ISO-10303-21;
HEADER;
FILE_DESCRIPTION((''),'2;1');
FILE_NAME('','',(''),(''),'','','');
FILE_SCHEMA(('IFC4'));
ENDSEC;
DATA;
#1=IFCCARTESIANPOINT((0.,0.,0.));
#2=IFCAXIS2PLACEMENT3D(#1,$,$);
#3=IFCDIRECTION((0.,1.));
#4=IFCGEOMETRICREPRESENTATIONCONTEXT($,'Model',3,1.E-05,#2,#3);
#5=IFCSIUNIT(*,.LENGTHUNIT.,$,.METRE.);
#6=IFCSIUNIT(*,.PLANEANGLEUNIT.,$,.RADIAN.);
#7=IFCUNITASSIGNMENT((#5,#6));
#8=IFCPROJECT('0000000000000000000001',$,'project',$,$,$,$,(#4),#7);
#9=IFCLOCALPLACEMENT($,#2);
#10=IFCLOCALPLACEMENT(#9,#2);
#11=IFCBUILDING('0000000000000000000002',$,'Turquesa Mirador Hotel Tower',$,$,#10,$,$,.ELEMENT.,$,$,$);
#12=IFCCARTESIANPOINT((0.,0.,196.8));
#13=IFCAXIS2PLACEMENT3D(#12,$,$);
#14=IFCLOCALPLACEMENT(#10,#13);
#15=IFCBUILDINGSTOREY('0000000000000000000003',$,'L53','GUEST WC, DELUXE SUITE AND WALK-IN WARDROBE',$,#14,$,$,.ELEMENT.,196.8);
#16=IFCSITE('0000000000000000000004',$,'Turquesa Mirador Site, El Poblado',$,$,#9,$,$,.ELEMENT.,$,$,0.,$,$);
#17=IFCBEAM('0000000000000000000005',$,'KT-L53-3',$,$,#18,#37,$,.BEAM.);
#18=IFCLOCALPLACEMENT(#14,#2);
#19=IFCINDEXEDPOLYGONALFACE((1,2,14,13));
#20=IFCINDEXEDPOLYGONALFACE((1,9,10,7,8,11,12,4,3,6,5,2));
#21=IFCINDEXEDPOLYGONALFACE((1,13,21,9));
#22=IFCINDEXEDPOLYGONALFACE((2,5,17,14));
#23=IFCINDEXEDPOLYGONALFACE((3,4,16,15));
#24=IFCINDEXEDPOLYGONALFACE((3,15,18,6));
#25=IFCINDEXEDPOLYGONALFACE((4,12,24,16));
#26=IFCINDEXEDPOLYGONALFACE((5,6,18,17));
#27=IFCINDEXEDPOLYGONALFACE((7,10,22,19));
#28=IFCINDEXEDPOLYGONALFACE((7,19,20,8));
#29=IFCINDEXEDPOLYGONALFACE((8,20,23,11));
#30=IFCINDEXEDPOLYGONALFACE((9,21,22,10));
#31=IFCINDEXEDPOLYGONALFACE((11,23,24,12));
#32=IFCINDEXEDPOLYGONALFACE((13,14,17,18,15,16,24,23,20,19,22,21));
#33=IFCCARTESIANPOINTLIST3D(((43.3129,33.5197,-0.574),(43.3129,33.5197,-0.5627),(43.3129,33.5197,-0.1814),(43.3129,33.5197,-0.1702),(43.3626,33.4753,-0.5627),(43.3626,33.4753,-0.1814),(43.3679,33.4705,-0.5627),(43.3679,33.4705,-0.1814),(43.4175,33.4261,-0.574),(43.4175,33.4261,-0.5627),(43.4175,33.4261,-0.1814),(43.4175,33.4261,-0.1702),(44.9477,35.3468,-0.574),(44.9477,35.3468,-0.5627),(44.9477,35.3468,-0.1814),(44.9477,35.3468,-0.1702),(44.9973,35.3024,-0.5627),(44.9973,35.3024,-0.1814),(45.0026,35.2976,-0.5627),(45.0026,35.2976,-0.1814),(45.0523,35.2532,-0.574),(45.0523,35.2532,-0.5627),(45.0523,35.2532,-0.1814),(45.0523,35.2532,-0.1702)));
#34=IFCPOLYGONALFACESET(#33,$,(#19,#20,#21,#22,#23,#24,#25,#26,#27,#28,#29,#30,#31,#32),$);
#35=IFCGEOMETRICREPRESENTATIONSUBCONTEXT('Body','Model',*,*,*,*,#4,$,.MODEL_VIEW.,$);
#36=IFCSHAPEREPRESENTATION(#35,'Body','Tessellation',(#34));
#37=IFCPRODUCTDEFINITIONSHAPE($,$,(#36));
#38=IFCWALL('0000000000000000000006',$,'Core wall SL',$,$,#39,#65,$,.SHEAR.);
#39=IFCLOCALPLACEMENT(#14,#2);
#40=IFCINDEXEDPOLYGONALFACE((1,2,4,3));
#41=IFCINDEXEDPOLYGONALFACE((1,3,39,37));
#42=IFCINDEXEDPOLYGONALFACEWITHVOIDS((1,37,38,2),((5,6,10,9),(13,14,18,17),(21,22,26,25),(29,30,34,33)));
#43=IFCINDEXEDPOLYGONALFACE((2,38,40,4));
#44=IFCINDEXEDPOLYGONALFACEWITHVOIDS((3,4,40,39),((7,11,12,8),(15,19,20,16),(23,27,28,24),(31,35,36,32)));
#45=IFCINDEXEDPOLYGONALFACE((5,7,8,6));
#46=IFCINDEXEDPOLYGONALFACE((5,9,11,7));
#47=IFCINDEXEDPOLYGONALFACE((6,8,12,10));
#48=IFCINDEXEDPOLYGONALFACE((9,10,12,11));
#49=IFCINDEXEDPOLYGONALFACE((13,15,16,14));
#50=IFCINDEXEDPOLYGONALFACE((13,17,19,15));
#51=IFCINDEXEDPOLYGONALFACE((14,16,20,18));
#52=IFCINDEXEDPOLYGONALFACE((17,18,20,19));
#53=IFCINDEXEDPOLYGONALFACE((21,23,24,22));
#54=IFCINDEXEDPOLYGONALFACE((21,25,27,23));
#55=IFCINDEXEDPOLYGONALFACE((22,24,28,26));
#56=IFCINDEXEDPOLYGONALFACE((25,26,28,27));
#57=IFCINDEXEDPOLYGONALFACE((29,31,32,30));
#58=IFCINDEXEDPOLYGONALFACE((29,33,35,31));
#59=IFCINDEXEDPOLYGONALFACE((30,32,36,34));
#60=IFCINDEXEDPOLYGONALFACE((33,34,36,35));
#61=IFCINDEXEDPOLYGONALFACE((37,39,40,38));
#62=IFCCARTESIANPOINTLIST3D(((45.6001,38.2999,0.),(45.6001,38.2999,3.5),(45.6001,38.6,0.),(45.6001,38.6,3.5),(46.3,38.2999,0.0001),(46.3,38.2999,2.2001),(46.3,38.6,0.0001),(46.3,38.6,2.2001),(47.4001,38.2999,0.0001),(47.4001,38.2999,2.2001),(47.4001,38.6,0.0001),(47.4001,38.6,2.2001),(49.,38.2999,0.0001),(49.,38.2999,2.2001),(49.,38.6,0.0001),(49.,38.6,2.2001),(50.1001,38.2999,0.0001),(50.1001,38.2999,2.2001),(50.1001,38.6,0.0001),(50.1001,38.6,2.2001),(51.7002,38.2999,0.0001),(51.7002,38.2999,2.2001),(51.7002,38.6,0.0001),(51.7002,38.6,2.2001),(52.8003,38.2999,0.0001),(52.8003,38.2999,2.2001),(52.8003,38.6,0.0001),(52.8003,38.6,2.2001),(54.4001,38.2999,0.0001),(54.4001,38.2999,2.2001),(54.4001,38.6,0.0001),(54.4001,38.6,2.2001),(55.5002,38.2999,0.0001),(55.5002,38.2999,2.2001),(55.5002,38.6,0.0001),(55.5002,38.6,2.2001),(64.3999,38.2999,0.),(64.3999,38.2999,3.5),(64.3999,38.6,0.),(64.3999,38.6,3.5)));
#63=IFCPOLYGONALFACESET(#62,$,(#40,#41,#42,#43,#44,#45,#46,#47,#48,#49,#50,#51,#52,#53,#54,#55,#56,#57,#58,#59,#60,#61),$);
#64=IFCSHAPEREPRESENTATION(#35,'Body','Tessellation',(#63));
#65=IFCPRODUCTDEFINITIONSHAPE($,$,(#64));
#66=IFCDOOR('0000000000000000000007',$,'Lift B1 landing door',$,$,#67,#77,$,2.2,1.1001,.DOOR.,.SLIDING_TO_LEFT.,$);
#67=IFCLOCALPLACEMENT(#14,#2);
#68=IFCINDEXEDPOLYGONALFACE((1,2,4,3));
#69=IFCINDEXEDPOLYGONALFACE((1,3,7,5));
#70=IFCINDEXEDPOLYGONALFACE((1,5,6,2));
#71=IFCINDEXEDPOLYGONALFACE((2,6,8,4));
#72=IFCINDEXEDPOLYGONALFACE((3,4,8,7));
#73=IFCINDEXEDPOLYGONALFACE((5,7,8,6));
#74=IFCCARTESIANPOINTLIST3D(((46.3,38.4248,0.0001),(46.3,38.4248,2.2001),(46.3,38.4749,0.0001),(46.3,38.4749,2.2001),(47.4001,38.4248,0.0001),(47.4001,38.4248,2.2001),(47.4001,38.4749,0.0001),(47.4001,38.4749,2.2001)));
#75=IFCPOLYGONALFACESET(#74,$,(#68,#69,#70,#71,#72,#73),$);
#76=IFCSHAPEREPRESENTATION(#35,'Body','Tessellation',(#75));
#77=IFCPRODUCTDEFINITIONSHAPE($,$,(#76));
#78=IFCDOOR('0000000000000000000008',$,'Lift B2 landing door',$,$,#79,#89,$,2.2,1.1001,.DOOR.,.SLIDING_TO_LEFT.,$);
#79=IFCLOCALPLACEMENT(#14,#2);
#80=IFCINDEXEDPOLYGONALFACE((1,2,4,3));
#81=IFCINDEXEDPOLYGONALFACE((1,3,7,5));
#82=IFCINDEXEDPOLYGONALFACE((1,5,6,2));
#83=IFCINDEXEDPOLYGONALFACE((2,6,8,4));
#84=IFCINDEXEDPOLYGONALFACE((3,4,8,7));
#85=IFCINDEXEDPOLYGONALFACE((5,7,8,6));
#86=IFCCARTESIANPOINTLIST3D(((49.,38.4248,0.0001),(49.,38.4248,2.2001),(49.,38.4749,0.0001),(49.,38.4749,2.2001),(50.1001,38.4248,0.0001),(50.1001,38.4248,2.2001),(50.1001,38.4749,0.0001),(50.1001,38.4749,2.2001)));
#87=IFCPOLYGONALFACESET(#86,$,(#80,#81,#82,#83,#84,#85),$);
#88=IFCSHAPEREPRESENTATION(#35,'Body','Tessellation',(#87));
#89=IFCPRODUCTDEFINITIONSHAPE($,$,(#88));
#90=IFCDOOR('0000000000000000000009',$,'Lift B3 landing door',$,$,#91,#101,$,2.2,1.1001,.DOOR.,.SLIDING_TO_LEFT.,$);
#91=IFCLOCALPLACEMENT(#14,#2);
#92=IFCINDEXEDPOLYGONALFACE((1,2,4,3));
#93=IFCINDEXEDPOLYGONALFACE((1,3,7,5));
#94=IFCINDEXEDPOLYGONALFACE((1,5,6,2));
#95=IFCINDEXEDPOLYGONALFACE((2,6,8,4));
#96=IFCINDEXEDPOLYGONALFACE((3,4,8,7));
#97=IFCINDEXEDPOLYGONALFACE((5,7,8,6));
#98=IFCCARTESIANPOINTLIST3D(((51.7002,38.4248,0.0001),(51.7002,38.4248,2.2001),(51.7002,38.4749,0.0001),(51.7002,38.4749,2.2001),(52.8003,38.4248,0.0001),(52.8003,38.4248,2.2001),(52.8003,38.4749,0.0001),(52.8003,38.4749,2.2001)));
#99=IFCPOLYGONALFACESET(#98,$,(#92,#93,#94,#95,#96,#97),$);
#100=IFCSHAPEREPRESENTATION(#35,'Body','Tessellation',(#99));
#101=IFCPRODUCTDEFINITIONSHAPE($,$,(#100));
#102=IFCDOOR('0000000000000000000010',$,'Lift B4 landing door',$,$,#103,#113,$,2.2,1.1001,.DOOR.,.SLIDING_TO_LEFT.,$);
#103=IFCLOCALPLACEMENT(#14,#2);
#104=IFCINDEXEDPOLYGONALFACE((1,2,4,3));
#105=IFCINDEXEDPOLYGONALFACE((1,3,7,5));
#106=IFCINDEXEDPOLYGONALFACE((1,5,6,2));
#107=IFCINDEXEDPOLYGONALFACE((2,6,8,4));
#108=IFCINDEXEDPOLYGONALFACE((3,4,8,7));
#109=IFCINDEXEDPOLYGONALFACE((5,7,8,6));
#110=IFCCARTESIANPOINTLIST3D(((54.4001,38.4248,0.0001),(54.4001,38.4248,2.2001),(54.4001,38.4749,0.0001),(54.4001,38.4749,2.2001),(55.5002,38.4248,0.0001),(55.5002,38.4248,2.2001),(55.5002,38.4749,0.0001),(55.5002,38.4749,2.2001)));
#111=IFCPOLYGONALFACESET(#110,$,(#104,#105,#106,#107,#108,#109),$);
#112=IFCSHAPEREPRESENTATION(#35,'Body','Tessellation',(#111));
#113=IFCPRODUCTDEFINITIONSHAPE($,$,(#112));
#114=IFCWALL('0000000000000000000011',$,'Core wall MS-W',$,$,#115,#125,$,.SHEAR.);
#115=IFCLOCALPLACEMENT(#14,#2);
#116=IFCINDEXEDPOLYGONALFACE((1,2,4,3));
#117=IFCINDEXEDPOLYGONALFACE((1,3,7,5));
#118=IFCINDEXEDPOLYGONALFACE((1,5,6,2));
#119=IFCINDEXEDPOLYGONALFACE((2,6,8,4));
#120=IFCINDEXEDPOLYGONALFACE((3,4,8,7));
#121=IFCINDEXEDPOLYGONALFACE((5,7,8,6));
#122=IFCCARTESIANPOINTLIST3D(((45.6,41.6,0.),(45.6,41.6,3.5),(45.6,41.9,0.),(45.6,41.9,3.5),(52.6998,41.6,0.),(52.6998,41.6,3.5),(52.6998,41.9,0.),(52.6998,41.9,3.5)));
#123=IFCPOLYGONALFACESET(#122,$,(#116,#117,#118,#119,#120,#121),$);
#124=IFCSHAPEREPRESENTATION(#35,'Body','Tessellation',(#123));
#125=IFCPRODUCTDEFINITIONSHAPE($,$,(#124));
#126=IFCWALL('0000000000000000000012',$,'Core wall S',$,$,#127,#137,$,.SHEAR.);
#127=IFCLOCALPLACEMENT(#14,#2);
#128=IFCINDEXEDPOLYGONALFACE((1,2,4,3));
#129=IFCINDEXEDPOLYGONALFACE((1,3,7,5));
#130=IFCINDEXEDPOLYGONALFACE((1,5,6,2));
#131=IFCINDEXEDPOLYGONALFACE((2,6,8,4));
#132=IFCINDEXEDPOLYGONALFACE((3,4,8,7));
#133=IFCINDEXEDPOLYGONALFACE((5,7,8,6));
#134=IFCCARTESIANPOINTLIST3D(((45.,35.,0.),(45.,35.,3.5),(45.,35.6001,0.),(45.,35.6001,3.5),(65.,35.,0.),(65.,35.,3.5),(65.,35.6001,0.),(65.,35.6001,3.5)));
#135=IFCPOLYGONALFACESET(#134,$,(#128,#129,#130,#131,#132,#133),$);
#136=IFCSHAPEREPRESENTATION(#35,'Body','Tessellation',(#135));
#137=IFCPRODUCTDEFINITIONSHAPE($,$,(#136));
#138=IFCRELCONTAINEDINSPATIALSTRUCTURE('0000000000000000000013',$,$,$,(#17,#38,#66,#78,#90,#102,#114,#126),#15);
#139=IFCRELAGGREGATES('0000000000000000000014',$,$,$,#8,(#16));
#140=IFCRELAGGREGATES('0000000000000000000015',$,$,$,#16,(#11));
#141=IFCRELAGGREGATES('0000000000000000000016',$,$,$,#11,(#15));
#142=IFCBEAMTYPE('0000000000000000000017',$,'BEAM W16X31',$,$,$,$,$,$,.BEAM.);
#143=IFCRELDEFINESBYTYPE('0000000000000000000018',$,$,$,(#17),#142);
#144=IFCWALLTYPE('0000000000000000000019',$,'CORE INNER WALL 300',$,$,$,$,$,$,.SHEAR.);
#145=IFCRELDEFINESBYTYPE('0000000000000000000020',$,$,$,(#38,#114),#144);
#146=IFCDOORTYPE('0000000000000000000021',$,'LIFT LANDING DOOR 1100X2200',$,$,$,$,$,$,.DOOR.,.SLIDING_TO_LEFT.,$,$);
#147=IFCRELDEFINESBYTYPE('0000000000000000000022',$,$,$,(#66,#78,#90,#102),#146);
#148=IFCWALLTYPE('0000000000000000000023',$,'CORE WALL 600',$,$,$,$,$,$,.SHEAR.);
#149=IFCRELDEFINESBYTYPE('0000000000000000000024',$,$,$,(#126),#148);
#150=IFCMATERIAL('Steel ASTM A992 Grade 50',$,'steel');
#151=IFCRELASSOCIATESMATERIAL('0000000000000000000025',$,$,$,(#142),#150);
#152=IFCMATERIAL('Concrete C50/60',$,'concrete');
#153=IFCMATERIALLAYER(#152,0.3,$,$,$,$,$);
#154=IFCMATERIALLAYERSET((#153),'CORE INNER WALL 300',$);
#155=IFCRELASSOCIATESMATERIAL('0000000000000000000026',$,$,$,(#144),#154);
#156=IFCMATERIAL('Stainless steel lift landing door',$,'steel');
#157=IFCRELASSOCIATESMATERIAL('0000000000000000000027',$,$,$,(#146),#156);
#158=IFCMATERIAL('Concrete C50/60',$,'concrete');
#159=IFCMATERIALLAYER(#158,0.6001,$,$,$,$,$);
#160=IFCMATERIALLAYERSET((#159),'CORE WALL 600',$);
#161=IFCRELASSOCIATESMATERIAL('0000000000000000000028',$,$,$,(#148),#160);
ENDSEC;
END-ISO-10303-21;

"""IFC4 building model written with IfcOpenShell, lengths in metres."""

from ifc_helpers import new_model, si_unit, direction, frame, frame_2d, origin, origin_2d, place, context, subcontext, project, spatial, rectangle, i_section, extrude, material, layer, layer_set, material_profile, profile_set, type_object, element, fill, save


model = new_model("IFC4")

# Units and contexts
model_context = context("Model", 3, precision=1e-05, world=origin(), true_north=direction((0.0, 1.0)))
body_context = subcontext(model_context, "Body", "Model", "MODEL_VIEW")
ifc_project = project(units=[si_unit("LENGTHUNIT", "METRE"), si_unit("PLANEANGLEUNIT", "RADIAN")], contexts=[model_context])

# Site, building, storey
site_placement = place(None, origin())
site = spatial("IfcSite", under=ifc_project, at=site_placement, Name="Turquesa Mirador Site, El Poblado", CompositionType="ELEMENT", RefElevation=0.0)
building_placement = place(site_placement, origin())
building = spatial("IfcBuilding", under=site, at=building_placement, Name="Turquesa Mirador Hotel Tower", CompositionType="ELEMENT")
storey_placement = place(building_placement, frame((0.0, 0.0, 196.8)))
storey = spatial("IfcBuildingStorey", under=building, at=storey_placement, Name="L53", Description="GUEST WC, DELUXE SUITE AND WALK-IN WARDROBE", CompositionType="ELEMENT", Elevation=196.8)

# Beam
ifc_material_1 = material(Name="Steel ASTM A992 Grade 50", Category="steel")
ifc_material_profile = material_profile(ifc_material_1, i_section(OverallWidth=0.1404, OverallDepth=0.4038, WebThickness=0.0071, FlangeThickness=0.0112, at=origin_2d()), Name="W16X31")
ifc_profile_set = profile_set([ifc_material_profile], Name="Steel ASTM A992 Grade 50")
beam_type = type_object("IfcBeamType", Name="BEAM W16X31", PredefinedType="BEAM", material=ifc_profile_set)
beam_placement = place(storey_placement, frame((43.3652, 33.4729, -0.3721), z_axis=(0.666783, 0.745252, 0.0), x_axis=(-0.745252, 0.666783, 0.0)))
element("IfcBeam", 1, at=beam_placement, inside=storey, type_object=beam_type, Name="KT-L53-3", PredefinedType="BEAM", context=body_context, shape_type="SweptSolid", body=[
    extrude(i_section(OverallWidth=0.1404, OverallDepth=0.4038, WebThickness=0.0071, FlangeThickness=0.0112, at=origin_2d()), origin(), (0.0, 0.0, 1.0), 2.4517),
])

# Wall, openings, doors
ifc_material_2 = material(Name="Concrete C50/60", Category="concrete")
ifc_layer_1 = layer(ifc_material_2, 0.3)
ifc_layer_set_1 = layer_set([ifc_layer_1], Name="CORE INNER WALL 300")
wall_type_1 = type_object("IfcWallType", Name="CORE INNER WALL 300", PredefinedType="SHEAR", material=ifc_layer_set_1)
wall_1_placement = place(storey_placement, frame((45.6001, 38.45, 0.0), z_axis=(0.0, 0.0, 1.0), x_axis=(1.0, 0.0, 0.0)))
wall_1 = element("IfcWall", 2, at=wall_1_placement, inside=storey, type_object=wall_type_1, Name="Core wall SL", PredefinedType="SHEAR", context=body_context, shape_type="SweptSolid", body=[
    extrude(rectangle(XDim=18.7998, YDim=0.3, at=frame_2d((9.3999, 0.0))), origin(), (0.0, 0.0, 1.0), 3.5),
])
opening_1_placement = place(wall_1_placement, frame((0.7, 0.0, 0.0)))
opening_1 = element("IfcOpeningElement", 3, at=opening_1_placement, cuts=wall_1, PredefinedType="OPENING", context=body_context, shape_type="SweptSolid", body=[
    extrude(rectangle(XDim=1.1001, YDim=2.2, at=frame_2d((0.55, 1.1001))), frame((0.0, 0.1599, 0.0), z_axis=(0.0, -1.0, 0.0), x_axis=(1.0, 0.0, 0.0)), (0.0, 0.0, 1.0), 0.3201),
])
opening_2_placement = place(wall_1_placement, frame((3.3999, 0.0, 0.0)))
opening_2 = element("IfcOpeningElement", 4, at=opening_2_placement, cuts=wall_1, PredefinedType="OPENING", context=body_context, shape_type="SweptSolid", body=[
    extrude(rectangle(XDim=1.1001, YDim=2.2, at=frame_2d((0.55, 1.1001))), frame((0.0, 0.1599, 0.0), z_axis=(0.0, -1.0, 0.0), x_axis=(1.0, 0.0, 0.0)), (0.0, 0.0, 1.0), 0.3201),
])
opening_3_placement = place(wall_1_placement, frame((6.1001, 0.0, 0.0)))
opening_3 = element("IfcOpeningElement", 5, at=opening_3_placement, cuts=wall_1, PredefinedType="OPENING", context=body_context, shape_type="SweptSolid", body=[
    extrude(rectangle(XDim=1.1001, YDim=2.2, at=frame_2d((0.55, 1.1001))), frame((0.0, 0.1599, 0.0), z_axis=(0.0, -1.0, 0.0), x_axis=(1.0, 0.0, 0.0)), (0.0, 0.0, 1.0), 0.3201),
])
opening_4_placement = place(wall_1_placement, frame((8.8, 0.0, 0.0)))
opening_4 = element("IfcOpeningElement", 6, at=opening_4_placement, cuts=wall_1, PredefinedType="OPENING", context=body_context, shape_type="SweptSolid", body=[
    extrude(rectangle(XDim=1.1001, YDim=2.2, at=frame_2d((0.55, 1.1001))), frame((0.0, 0.1599, 0.0), z_axis=(0.0, -1.0, 0.0), x_axis=(1.0, 0.0, 0.0)), (0.0, 0.0, 1.0), 0.3201),
])
ifc_material_3 = material(Name="Stainless steel lift landing door", Category="steel")
door_type_1 = type_object("IfcDoorType", Name="LIFT LANDING DOOR 1100X2200", OperationType="SLIDING_TO_LEFT", PredefinedType="DOOR", material=ifc_material_3)
door_1_placement = place(opening_1_placement, origin())
door_1 = element("IfcDoor", 7, at=door_1_placement, inside=storey, type_object=door_type_1, Name="Lift B1 landing door", OperationType="SLIDING_TO_LEFT", OverallHeight=2.2, OverallWidth=1.1001, PredefinedType="DOOR", context=body_context, shape_type="SweptSolid", body=[
    extrude(rectangle(XDim=1.1001, YDim=2.2, at=frame_2d((0.55, 1.1001))), frame((0.0, 0.0249, 0.0), z_axis=(0.0, -1.0, 0.0), x_axis=(1.0, 0.0, 0.0)), (0.0, 0.0, 1.0), 0.05),
])
fill(opening_1, door_1)
door_2_placement = place(opening_2_placement, origin())
door_2 = element("IfcDoor", 8, at=door_2_placement, inside=storey, type_object=door_type_1, Name="Lift B2 landing door", OperationType="SLIDING_TO_LEFT", OverallHeight=2.2, OverallWidth=1.1001, PredefinedType="DOOR", context=body_context, shape_type="SweptSolid", body=[
    extrude(rectangle(XDim=1.1001, YDim=2.2, at=frame_2d((0.55, 1.1001))), frame((0.0, 0.0249, 0.0), z_axis=(0.0, -1.0, 0.0), x_axis=(1.0, 0.0, 0.0)), (0.0, 0.0, 1.0), 0.05),
])
fill(opening_2, door_2)
door_3_placement = place(opening_3_placement, origin())
door_3 = element("IfcDoor", 9, at=door_3_placement, inside=storey, type_object=door_type_1, Name="Lift B3 landing door", OperationType="SLIDING_TO_LEFT", OverallHeight=2.2, OverallWidth=1.1001, PredefinedType="DOOR", context=body_context, shape_type="SweptSolid", body=[
    extrude(rectangle(XDim=1.1001, YDim=2.2, at=frame_2d((0.55, 1.1001))), frame((0.0, 0.0249, 0.0), z_axis=(0.0, -1.0, 0.0), x_axis=(1.0, 0.0, 0.0)), (0.0, 0.0, 1.0), 0.05),
])
fill(opening_3, door_3)
door_4_placement = place(opening_4_placement, origin())
door_4 = element("IfcDoor", 10, at=door_4_placement, inside=storey, type_object=door_type_1, Name="Lift B4 landing door", OperationType="SLIDING_TO_LEFT", OverallHeight=2.2, OverallWidth=1.1001, PredefinedType="DOOR", context=body_context, shape_type="SweptSolid", body=[
    extrude(rectangle(XDim=1.1001, YDim=2.2, at=frame_2d((0.55, 1.1001))), frame((0.0, 0.0249, 0.0), z_axis=(0.0, -1.0, 0.0), x_axis=(1.0, 0.0, 0.0)), (0.0, 0.0, 1.0), 0.05),
])
fill(opening_4, door_4)

# Walls
wall_2_placement = place(storey_placement, frame((45.6001, 41.75, 0.0), z_axis=(0.0, 0.0, 1.0), x_axis=(1.0, 0.0, 0.0)))
element("IfcWall", 11, at=wall_2_placement, inside=storey, type_object=wall_type_1, Name="Core wall MS-W", PredefinedType="SHEAR", context=body_context, shape_type="SweptSolid", body=[
    extrude(rectangle(XDim=7.0999, YDim=0.3, at=frame_2d((3.5498, 0.0))), origin(), (0.0, 0.0, 1.0), 3.5),
])
ifc_material_4 = material(Name="Concrete C50/60", Category="concrete")
ifc_layer_2 = layer(ifc_material_4, 0.6001)
ifc_layer_set_2 = layer_set([ifc_layer_2], Name="CORE WALL 600")
wall_type_2 = type_object("IfcWallType", Name="CORE WALL 600", PredefinedType="SHEAR", material=ifc_layer_set_2)
wall_3_placement = place(storey_placement, frame((45.0, 35.3, 0.0), z_axis=(0.0, 0.0, 1.0), x_axis=(1.0, 0.0, 0.0)))
element("IfcWall", 12, at=wall_3_placement, inside=storey, type_object=wall_type_2, Name="Core wall S", PredefinedType="SHEAR", context=body_context, shape_type="SweptSolid", body=[
    extrude(rectangle(XDim=20.0, YDim=0.6001, at=frame_2d((10.0, 0.0))), origin(), (0.0, 0.0, 1.0), 3.5),
])

save(model, "model.ifc")
